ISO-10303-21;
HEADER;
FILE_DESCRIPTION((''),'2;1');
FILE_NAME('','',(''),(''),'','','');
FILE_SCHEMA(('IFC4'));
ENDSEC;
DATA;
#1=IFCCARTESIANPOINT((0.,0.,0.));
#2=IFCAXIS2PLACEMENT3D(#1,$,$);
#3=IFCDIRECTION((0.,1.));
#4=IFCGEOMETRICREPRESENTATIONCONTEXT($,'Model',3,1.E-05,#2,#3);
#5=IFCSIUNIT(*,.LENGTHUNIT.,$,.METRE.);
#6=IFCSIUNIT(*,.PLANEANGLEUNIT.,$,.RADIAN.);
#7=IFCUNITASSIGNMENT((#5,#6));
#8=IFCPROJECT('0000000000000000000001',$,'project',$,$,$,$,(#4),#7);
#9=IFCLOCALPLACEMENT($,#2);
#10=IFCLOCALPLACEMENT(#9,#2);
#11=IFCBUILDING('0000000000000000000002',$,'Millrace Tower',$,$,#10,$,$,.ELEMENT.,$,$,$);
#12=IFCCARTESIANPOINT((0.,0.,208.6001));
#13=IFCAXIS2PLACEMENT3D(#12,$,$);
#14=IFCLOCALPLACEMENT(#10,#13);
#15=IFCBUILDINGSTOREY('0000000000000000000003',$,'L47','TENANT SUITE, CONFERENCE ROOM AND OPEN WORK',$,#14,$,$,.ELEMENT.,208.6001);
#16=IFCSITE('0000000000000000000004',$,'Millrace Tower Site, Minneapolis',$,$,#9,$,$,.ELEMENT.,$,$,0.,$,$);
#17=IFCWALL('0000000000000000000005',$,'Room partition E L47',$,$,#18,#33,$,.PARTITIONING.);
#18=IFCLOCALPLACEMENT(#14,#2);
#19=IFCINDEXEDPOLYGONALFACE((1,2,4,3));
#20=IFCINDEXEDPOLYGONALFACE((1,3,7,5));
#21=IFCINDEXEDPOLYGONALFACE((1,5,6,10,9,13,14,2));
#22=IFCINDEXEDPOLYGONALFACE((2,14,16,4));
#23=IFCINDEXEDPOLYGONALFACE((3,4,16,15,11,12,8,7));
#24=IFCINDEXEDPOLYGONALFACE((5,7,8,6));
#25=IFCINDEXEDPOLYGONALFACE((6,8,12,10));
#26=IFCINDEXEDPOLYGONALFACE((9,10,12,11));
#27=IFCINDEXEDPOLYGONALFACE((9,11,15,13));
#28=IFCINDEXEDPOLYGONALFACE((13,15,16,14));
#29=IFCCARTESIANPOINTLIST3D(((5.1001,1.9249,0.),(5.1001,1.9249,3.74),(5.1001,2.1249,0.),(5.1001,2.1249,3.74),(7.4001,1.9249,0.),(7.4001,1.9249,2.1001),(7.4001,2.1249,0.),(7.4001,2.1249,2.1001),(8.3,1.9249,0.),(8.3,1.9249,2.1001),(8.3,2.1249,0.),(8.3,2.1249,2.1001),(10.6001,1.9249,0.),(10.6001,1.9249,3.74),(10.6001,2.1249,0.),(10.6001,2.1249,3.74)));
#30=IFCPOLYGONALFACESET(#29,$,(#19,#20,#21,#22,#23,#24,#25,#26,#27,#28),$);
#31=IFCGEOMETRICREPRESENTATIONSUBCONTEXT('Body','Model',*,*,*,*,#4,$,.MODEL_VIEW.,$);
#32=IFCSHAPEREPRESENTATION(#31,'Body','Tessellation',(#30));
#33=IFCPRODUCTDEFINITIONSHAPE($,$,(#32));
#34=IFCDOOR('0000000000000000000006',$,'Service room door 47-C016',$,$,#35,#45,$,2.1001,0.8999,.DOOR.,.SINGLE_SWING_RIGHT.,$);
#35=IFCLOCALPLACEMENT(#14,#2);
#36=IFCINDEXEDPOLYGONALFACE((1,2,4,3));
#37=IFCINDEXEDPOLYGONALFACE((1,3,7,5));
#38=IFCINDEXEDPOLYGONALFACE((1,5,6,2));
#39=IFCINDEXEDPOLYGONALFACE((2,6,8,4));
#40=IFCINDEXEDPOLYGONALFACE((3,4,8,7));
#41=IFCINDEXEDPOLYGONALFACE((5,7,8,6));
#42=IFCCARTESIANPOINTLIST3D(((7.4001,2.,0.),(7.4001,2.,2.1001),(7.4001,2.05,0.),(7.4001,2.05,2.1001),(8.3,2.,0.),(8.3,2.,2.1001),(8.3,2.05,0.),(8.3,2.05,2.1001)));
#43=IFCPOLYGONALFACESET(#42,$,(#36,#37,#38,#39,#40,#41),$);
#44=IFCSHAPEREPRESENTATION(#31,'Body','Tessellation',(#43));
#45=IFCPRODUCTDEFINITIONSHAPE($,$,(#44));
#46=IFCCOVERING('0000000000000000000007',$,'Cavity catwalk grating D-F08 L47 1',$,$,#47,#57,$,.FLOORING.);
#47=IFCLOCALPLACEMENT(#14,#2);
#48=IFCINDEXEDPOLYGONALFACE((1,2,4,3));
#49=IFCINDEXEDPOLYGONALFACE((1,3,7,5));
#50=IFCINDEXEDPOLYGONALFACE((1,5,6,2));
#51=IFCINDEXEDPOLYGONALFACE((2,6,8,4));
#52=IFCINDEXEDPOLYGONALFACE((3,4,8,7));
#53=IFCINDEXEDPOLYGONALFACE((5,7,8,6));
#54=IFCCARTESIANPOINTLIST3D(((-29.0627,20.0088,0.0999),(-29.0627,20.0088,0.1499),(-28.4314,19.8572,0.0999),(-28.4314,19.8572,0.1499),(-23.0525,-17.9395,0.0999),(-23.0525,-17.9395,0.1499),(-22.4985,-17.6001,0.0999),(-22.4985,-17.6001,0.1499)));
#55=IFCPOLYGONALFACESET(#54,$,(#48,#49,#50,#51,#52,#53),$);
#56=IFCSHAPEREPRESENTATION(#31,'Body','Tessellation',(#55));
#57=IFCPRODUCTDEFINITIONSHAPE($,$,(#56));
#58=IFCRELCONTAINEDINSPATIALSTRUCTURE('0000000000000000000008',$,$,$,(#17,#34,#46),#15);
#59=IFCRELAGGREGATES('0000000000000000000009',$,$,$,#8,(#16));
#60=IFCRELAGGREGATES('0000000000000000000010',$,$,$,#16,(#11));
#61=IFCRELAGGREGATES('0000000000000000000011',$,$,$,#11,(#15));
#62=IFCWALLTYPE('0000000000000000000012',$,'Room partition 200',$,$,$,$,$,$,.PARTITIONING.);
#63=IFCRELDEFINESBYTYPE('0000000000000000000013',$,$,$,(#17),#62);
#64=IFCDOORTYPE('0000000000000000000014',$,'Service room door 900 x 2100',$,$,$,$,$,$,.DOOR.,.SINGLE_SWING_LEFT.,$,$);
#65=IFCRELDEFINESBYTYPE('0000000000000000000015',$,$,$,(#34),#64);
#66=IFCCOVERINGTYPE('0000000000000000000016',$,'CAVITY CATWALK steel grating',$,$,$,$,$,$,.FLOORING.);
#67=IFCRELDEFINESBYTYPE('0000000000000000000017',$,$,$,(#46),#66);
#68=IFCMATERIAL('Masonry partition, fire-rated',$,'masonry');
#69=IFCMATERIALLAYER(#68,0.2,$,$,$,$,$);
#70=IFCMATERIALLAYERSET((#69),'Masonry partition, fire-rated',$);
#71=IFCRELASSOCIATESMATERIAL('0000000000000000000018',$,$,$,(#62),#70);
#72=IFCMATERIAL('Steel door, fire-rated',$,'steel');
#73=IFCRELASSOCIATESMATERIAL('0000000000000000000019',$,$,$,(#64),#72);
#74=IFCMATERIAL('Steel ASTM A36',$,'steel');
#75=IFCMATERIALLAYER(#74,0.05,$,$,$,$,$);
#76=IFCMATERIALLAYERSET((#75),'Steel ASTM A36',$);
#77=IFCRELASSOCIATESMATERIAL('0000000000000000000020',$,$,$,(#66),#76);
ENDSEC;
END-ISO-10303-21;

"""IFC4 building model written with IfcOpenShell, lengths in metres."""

from ifc_helpers import new_model, si_unit, direction, frame, frame_2d, origin, place, context, subcontext, project, spatial, polyline, rectangle, outline, extrude, material, layer, layer_set, type_object, element, fill, save


model = new_model("IFC4")

# Units and contexts
model_context = context("Model", 3, precision=1e-05, world=origin(), true_north=direction((0.0, 1.0)))
body_context = subcontext(model_context, "Body", "Model", "MODEL_VIEW")
ifc_project = project(units=[si_unit("LENGTHUNIT", "METRE"), si_unit("PLANEANGLEUNIT", "RADIAN")], contexts=[model_context])

# Site, building, storey
site_placement = place(None, origin())
site = spatial("IfcSite", under=ifc_project, at=site_placement, Name="Millrace Tower Site, Minneapolis", CompositionType="ELEMENT", RefElevation=0.0)
building_placement = place(site_placement, origin())
building = spatial("IfcBuilding", under=site, at=building_placement, Name="Millrace Tower", CompositionType="ELEMENT")
storey_placement = place(building_placement, frame((0.0, 0.0, 208.6001)))
storey = spatial("IfcBuildingStorey", under=building, at=storey_placement, Name="L47", Description="TENANT SUITE, CONFERENCE ROOM AND OPEN WORK", CompositionType="ELEMENT", Elevation=208.6001)

# Wall, opening, door
ifc_material_1 = material(Name="Masonry partition, fire-rated", Category="masonry")
ifc_layer_1 = layer(ifc_material_1, 0.2)
ifc_layer_set_1 = layer_set([ifc_layer_1], Name="Masonry partition, fire-rated")
wall_type_1 = type_object("IfcWallType", Name="Room partition 200", PredefinedType="PARTITIONING", material=ifc_layer_set_1)
wall_1_placement = place(storey_placement, frame((10.6001, 2.0249, 0.0), z_axis=(0.0, 0.0, 1.0), x_axis=(-1.0, 0.0, 0.0)))
wall_1 = element("IfcWall", 1, at=wall_1_placement, inside=storey, type_object=wall_type_1, Name="Room partition E L47", PredefinedType="PARTITIONING", context=body_context, shape_type="SweptSolid", body=[
    extrude(rectangle(XDim=5.5, YDim=0.2, at=frame_2d((2.75, 0.0))), origin(), (0.0, 0.0, 1.0), 3.74),
])
opening_1_placement = place(wall_1_placement, frame((2.3, 0.0, 0.0)))
opening_1 = element("IfcOpeningElement", 2, at=opening_1_placement, cuts=wall_1, PredefinedType="OPENING", context=body_context, shape_type="SweptSolid", body=[
    extrude(rectangle(XDim=0.8999, YDim=2.1001, at=frame_2d((0.45, 1.05))), frame((0.0, 0.1099, 0.0), z_axis=(0.0, -1.0, 0.0), x_axis=(1.0, 0.0, 0.0)), (0.0, 0.0, 1.0), 0.22),
])
ifc_material_2 = material(Name="Steel door, fire-rated", Category="steel")
door_type_1 = type_object("IfcDoorType", Name="Service room door 900 x 2100", OperationType="SINGLE_SWING_LEFT", PredefinedType="DOOR", material=ifc_material_2)
door_1_placement = place(opening_1_placement, origin())
door_1 = element("IfcDoor", 3, at=door_1_placement, inside=storey, type_object=door_type_1, Name="Service room door 47-C016", OperationType="SINGLE_SWING_RIGHT", OverallHeight=2.1001, OverallWidth=0.8999, PredefinedType="DOOR", context=body_context, shape_type="SweptSolid", body=[
    extrude(rectangle(XDim=0.8999, YDim=2.1001, at=frame_2d((0.45, 1.05))), frame((0.0, 0.0249, 0.0), z_axis=(0.0, -1.0, 0.0), x_axis=(1.0, 0.0, 0.0)), (0.0, 0.0, 1.0), 0.05),
])
fill(opening_1, door_1)

# Covering
ifc_material_3 = material(Name="Steel ASTM A36", Category="steel")
ifc_layer_2 = layer(ifc_material_3, 0.05)
ifc_layer_set_2 = layer_set([ifc_layer_2], Name="Steel ASTM A36")
covering_type = type_object("IfcCoveringType", Name="CAVITY CATWALK steel grating", PredefinedType="FLOORING", material=ifc_layer_set_2)
covering_placement = place(storey_placement, frame((0.0, 0.0, 0.0999)))
element("IfcCovering", 4, at=covering_placement, inside=storey, type_object=covering_type, Name="Cavity catwalk grating D-F08 L47 1", PredefinedType="FLOORING", context=body_context, shape_type="SweptSolid", body=[
    extrude(outline(polyline([(-29.0627, 20.0088), (-23.0525, -17.9395), (-22.4985, -17.6001), (-28.4314, 19.8572), (-29.0627, 20.0088)])), origin(), (0.0, 0.0, 1.0), 0.05),
])

save(model, "model.ifc")
